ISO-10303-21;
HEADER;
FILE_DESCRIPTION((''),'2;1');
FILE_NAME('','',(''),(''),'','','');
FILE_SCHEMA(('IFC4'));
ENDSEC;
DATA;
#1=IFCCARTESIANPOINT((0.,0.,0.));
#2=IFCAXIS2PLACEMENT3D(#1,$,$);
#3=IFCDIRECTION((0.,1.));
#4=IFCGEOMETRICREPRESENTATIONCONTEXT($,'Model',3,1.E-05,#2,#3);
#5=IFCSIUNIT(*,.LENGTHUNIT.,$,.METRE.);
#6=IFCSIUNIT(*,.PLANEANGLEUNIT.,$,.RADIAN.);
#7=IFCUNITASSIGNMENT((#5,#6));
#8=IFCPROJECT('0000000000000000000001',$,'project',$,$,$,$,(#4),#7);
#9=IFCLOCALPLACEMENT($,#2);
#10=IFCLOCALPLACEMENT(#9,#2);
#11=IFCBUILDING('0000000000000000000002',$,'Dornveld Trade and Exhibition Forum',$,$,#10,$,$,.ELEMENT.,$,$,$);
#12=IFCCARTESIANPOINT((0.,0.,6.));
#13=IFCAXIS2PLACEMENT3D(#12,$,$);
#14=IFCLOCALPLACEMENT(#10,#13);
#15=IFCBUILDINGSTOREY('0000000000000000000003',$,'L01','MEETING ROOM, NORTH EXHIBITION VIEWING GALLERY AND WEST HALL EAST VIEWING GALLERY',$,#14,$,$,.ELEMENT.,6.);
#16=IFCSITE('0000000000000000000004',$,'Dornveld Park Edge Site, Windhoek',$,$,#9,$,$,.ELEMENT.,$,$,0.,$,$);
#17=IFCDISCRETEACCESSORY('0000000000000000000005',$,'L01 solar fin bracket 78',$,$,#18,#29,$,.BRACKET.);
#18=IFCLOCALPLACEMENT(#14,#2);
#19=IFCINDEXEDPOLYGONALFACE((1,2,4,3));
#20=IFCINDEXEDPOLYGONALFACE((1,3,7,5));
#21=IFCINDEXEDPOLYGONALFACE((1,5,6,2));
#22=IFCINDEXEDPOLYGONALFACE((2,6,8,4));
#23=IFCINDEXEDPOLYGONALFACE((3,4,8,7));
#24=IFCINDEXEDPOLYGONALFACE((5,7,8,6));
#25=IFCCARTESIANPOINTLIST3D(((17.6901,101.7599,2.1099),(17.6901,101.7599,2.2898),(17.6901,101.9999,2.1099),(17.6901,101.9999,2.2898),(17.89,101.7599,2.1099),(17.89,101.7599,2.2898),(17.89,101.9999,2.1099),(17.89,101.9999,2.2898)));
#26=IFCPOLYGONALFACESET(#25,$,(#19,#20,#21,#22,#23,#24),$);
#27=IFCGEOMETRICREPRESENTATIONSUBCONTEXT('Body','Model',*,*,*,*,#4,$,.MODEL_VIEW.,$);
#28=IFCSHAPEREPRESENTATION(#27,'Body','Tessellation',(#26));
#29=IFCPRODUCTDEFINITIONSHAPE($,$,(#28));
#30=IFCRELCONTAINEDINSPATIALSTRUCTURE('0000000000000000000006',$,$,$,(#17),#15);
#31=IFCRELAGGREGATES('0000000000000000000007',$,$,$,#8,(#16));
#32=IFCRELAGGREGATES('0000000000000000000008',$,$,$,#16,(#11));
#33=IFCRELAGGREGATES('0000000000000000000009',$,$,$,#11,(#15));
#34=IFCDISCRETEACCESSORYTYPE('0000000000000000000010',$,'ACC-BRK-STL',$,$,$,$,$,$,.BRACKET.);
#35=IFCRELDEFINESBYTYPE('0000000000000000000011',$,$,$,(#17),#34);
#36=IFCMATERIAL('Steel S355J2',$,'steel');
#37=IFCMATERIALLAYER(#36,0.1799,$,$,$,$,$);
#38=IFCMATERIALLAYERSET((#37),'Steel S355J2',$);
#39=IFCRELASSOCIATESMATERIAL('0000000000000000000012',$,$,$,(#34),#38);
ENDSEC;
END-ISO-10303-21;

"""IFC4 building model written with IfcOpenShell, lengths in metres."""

from ifc_helpers import new_model, si_unit, direction, frame, origin, origin_2d, place, context, subcontext, project, spatial, rectangle, extrude, material, layer, layer_set, type_object, element, save


model = new_model("IFC4")

# Units and contexts
model_context = context("Model", 3, precision=1e-05, world=origin(), true_north=direction((0.0, 1.0)))
body_context = subcontext(model_context, "Body", "Model", "MODEL_VIEW")
ifc_project = project(units=[si_unit("LENGTHUNIT", "METRE"), si_unit("PLANEANGLEUNIT", "RADIAN")], contexts=[model_context])

# Site, building, storey
site_placement = place(None, origin())
site = spatial("IfcSite", under=ifc_project, at=site_placement, Name="Dornveld Park Edge Site, Windhoek", CompositionType="ELEMENT", RefElevation=0.0)
building_placement = place(site_placement, origin())
building = spatial("IfcBuilding", under=site, at=building_placement, Name="Dornveld Trade and Exhibition Forum", CompositionType="ELEMENT")
storey_placement = place(building_placement, frame((0.0, 0.0, 6.0)))
storey = spatial("IfcBuildingStorey", under=building, at=storey_placement, Name="L01", Description="MEETING ROOM, NORTH EXHIBITION VIEWING GALLERY AND WEST HALL EAST VIEWING GALLERY", CompositionType="ELEMENT", Elevation=6.0)

# Discrete accessory
ifc_material_1 = material(Name="Steel S355J2", Category="steel")
ifc_layer_1 = layer(ifc_material_1, 0.1799)
ifc_layer_set_1 = layer_set([ifc_layer_1], Name="Steel S355J2")
discrete_accessory_type = type_object("IfcDiscreteAccessoryType", Name="ACC-BRK-STL", PredefinedType="BRACKET", material=ifc_layer_set_1)
for number, where, z_axis, x_axis, name in (
    (1, (17.79, 101.8799, 2.1099), (0.0, 0.0, 1.0), (0.0, -1.0, 0.0), "L01 solar fin bracket 78"),
):
    element("IfcDiscreteAccessory", number, at=place(storey_placement, frame(where, z_axis=z_axis, x_axis=x_axis)), inside=storey, type_object=discrete_accessory_type, Name=name, PredefinedType="BRACKET", context=body_context, shape_type="SweptSolid", body=[
        extrude(rectangle(XDim=0.24, YDim=0.2, at=origin_2d()), origin(), (0.0, 0.0, 1.0), 0.1799),
    ])

save(model, "model.ifc")
